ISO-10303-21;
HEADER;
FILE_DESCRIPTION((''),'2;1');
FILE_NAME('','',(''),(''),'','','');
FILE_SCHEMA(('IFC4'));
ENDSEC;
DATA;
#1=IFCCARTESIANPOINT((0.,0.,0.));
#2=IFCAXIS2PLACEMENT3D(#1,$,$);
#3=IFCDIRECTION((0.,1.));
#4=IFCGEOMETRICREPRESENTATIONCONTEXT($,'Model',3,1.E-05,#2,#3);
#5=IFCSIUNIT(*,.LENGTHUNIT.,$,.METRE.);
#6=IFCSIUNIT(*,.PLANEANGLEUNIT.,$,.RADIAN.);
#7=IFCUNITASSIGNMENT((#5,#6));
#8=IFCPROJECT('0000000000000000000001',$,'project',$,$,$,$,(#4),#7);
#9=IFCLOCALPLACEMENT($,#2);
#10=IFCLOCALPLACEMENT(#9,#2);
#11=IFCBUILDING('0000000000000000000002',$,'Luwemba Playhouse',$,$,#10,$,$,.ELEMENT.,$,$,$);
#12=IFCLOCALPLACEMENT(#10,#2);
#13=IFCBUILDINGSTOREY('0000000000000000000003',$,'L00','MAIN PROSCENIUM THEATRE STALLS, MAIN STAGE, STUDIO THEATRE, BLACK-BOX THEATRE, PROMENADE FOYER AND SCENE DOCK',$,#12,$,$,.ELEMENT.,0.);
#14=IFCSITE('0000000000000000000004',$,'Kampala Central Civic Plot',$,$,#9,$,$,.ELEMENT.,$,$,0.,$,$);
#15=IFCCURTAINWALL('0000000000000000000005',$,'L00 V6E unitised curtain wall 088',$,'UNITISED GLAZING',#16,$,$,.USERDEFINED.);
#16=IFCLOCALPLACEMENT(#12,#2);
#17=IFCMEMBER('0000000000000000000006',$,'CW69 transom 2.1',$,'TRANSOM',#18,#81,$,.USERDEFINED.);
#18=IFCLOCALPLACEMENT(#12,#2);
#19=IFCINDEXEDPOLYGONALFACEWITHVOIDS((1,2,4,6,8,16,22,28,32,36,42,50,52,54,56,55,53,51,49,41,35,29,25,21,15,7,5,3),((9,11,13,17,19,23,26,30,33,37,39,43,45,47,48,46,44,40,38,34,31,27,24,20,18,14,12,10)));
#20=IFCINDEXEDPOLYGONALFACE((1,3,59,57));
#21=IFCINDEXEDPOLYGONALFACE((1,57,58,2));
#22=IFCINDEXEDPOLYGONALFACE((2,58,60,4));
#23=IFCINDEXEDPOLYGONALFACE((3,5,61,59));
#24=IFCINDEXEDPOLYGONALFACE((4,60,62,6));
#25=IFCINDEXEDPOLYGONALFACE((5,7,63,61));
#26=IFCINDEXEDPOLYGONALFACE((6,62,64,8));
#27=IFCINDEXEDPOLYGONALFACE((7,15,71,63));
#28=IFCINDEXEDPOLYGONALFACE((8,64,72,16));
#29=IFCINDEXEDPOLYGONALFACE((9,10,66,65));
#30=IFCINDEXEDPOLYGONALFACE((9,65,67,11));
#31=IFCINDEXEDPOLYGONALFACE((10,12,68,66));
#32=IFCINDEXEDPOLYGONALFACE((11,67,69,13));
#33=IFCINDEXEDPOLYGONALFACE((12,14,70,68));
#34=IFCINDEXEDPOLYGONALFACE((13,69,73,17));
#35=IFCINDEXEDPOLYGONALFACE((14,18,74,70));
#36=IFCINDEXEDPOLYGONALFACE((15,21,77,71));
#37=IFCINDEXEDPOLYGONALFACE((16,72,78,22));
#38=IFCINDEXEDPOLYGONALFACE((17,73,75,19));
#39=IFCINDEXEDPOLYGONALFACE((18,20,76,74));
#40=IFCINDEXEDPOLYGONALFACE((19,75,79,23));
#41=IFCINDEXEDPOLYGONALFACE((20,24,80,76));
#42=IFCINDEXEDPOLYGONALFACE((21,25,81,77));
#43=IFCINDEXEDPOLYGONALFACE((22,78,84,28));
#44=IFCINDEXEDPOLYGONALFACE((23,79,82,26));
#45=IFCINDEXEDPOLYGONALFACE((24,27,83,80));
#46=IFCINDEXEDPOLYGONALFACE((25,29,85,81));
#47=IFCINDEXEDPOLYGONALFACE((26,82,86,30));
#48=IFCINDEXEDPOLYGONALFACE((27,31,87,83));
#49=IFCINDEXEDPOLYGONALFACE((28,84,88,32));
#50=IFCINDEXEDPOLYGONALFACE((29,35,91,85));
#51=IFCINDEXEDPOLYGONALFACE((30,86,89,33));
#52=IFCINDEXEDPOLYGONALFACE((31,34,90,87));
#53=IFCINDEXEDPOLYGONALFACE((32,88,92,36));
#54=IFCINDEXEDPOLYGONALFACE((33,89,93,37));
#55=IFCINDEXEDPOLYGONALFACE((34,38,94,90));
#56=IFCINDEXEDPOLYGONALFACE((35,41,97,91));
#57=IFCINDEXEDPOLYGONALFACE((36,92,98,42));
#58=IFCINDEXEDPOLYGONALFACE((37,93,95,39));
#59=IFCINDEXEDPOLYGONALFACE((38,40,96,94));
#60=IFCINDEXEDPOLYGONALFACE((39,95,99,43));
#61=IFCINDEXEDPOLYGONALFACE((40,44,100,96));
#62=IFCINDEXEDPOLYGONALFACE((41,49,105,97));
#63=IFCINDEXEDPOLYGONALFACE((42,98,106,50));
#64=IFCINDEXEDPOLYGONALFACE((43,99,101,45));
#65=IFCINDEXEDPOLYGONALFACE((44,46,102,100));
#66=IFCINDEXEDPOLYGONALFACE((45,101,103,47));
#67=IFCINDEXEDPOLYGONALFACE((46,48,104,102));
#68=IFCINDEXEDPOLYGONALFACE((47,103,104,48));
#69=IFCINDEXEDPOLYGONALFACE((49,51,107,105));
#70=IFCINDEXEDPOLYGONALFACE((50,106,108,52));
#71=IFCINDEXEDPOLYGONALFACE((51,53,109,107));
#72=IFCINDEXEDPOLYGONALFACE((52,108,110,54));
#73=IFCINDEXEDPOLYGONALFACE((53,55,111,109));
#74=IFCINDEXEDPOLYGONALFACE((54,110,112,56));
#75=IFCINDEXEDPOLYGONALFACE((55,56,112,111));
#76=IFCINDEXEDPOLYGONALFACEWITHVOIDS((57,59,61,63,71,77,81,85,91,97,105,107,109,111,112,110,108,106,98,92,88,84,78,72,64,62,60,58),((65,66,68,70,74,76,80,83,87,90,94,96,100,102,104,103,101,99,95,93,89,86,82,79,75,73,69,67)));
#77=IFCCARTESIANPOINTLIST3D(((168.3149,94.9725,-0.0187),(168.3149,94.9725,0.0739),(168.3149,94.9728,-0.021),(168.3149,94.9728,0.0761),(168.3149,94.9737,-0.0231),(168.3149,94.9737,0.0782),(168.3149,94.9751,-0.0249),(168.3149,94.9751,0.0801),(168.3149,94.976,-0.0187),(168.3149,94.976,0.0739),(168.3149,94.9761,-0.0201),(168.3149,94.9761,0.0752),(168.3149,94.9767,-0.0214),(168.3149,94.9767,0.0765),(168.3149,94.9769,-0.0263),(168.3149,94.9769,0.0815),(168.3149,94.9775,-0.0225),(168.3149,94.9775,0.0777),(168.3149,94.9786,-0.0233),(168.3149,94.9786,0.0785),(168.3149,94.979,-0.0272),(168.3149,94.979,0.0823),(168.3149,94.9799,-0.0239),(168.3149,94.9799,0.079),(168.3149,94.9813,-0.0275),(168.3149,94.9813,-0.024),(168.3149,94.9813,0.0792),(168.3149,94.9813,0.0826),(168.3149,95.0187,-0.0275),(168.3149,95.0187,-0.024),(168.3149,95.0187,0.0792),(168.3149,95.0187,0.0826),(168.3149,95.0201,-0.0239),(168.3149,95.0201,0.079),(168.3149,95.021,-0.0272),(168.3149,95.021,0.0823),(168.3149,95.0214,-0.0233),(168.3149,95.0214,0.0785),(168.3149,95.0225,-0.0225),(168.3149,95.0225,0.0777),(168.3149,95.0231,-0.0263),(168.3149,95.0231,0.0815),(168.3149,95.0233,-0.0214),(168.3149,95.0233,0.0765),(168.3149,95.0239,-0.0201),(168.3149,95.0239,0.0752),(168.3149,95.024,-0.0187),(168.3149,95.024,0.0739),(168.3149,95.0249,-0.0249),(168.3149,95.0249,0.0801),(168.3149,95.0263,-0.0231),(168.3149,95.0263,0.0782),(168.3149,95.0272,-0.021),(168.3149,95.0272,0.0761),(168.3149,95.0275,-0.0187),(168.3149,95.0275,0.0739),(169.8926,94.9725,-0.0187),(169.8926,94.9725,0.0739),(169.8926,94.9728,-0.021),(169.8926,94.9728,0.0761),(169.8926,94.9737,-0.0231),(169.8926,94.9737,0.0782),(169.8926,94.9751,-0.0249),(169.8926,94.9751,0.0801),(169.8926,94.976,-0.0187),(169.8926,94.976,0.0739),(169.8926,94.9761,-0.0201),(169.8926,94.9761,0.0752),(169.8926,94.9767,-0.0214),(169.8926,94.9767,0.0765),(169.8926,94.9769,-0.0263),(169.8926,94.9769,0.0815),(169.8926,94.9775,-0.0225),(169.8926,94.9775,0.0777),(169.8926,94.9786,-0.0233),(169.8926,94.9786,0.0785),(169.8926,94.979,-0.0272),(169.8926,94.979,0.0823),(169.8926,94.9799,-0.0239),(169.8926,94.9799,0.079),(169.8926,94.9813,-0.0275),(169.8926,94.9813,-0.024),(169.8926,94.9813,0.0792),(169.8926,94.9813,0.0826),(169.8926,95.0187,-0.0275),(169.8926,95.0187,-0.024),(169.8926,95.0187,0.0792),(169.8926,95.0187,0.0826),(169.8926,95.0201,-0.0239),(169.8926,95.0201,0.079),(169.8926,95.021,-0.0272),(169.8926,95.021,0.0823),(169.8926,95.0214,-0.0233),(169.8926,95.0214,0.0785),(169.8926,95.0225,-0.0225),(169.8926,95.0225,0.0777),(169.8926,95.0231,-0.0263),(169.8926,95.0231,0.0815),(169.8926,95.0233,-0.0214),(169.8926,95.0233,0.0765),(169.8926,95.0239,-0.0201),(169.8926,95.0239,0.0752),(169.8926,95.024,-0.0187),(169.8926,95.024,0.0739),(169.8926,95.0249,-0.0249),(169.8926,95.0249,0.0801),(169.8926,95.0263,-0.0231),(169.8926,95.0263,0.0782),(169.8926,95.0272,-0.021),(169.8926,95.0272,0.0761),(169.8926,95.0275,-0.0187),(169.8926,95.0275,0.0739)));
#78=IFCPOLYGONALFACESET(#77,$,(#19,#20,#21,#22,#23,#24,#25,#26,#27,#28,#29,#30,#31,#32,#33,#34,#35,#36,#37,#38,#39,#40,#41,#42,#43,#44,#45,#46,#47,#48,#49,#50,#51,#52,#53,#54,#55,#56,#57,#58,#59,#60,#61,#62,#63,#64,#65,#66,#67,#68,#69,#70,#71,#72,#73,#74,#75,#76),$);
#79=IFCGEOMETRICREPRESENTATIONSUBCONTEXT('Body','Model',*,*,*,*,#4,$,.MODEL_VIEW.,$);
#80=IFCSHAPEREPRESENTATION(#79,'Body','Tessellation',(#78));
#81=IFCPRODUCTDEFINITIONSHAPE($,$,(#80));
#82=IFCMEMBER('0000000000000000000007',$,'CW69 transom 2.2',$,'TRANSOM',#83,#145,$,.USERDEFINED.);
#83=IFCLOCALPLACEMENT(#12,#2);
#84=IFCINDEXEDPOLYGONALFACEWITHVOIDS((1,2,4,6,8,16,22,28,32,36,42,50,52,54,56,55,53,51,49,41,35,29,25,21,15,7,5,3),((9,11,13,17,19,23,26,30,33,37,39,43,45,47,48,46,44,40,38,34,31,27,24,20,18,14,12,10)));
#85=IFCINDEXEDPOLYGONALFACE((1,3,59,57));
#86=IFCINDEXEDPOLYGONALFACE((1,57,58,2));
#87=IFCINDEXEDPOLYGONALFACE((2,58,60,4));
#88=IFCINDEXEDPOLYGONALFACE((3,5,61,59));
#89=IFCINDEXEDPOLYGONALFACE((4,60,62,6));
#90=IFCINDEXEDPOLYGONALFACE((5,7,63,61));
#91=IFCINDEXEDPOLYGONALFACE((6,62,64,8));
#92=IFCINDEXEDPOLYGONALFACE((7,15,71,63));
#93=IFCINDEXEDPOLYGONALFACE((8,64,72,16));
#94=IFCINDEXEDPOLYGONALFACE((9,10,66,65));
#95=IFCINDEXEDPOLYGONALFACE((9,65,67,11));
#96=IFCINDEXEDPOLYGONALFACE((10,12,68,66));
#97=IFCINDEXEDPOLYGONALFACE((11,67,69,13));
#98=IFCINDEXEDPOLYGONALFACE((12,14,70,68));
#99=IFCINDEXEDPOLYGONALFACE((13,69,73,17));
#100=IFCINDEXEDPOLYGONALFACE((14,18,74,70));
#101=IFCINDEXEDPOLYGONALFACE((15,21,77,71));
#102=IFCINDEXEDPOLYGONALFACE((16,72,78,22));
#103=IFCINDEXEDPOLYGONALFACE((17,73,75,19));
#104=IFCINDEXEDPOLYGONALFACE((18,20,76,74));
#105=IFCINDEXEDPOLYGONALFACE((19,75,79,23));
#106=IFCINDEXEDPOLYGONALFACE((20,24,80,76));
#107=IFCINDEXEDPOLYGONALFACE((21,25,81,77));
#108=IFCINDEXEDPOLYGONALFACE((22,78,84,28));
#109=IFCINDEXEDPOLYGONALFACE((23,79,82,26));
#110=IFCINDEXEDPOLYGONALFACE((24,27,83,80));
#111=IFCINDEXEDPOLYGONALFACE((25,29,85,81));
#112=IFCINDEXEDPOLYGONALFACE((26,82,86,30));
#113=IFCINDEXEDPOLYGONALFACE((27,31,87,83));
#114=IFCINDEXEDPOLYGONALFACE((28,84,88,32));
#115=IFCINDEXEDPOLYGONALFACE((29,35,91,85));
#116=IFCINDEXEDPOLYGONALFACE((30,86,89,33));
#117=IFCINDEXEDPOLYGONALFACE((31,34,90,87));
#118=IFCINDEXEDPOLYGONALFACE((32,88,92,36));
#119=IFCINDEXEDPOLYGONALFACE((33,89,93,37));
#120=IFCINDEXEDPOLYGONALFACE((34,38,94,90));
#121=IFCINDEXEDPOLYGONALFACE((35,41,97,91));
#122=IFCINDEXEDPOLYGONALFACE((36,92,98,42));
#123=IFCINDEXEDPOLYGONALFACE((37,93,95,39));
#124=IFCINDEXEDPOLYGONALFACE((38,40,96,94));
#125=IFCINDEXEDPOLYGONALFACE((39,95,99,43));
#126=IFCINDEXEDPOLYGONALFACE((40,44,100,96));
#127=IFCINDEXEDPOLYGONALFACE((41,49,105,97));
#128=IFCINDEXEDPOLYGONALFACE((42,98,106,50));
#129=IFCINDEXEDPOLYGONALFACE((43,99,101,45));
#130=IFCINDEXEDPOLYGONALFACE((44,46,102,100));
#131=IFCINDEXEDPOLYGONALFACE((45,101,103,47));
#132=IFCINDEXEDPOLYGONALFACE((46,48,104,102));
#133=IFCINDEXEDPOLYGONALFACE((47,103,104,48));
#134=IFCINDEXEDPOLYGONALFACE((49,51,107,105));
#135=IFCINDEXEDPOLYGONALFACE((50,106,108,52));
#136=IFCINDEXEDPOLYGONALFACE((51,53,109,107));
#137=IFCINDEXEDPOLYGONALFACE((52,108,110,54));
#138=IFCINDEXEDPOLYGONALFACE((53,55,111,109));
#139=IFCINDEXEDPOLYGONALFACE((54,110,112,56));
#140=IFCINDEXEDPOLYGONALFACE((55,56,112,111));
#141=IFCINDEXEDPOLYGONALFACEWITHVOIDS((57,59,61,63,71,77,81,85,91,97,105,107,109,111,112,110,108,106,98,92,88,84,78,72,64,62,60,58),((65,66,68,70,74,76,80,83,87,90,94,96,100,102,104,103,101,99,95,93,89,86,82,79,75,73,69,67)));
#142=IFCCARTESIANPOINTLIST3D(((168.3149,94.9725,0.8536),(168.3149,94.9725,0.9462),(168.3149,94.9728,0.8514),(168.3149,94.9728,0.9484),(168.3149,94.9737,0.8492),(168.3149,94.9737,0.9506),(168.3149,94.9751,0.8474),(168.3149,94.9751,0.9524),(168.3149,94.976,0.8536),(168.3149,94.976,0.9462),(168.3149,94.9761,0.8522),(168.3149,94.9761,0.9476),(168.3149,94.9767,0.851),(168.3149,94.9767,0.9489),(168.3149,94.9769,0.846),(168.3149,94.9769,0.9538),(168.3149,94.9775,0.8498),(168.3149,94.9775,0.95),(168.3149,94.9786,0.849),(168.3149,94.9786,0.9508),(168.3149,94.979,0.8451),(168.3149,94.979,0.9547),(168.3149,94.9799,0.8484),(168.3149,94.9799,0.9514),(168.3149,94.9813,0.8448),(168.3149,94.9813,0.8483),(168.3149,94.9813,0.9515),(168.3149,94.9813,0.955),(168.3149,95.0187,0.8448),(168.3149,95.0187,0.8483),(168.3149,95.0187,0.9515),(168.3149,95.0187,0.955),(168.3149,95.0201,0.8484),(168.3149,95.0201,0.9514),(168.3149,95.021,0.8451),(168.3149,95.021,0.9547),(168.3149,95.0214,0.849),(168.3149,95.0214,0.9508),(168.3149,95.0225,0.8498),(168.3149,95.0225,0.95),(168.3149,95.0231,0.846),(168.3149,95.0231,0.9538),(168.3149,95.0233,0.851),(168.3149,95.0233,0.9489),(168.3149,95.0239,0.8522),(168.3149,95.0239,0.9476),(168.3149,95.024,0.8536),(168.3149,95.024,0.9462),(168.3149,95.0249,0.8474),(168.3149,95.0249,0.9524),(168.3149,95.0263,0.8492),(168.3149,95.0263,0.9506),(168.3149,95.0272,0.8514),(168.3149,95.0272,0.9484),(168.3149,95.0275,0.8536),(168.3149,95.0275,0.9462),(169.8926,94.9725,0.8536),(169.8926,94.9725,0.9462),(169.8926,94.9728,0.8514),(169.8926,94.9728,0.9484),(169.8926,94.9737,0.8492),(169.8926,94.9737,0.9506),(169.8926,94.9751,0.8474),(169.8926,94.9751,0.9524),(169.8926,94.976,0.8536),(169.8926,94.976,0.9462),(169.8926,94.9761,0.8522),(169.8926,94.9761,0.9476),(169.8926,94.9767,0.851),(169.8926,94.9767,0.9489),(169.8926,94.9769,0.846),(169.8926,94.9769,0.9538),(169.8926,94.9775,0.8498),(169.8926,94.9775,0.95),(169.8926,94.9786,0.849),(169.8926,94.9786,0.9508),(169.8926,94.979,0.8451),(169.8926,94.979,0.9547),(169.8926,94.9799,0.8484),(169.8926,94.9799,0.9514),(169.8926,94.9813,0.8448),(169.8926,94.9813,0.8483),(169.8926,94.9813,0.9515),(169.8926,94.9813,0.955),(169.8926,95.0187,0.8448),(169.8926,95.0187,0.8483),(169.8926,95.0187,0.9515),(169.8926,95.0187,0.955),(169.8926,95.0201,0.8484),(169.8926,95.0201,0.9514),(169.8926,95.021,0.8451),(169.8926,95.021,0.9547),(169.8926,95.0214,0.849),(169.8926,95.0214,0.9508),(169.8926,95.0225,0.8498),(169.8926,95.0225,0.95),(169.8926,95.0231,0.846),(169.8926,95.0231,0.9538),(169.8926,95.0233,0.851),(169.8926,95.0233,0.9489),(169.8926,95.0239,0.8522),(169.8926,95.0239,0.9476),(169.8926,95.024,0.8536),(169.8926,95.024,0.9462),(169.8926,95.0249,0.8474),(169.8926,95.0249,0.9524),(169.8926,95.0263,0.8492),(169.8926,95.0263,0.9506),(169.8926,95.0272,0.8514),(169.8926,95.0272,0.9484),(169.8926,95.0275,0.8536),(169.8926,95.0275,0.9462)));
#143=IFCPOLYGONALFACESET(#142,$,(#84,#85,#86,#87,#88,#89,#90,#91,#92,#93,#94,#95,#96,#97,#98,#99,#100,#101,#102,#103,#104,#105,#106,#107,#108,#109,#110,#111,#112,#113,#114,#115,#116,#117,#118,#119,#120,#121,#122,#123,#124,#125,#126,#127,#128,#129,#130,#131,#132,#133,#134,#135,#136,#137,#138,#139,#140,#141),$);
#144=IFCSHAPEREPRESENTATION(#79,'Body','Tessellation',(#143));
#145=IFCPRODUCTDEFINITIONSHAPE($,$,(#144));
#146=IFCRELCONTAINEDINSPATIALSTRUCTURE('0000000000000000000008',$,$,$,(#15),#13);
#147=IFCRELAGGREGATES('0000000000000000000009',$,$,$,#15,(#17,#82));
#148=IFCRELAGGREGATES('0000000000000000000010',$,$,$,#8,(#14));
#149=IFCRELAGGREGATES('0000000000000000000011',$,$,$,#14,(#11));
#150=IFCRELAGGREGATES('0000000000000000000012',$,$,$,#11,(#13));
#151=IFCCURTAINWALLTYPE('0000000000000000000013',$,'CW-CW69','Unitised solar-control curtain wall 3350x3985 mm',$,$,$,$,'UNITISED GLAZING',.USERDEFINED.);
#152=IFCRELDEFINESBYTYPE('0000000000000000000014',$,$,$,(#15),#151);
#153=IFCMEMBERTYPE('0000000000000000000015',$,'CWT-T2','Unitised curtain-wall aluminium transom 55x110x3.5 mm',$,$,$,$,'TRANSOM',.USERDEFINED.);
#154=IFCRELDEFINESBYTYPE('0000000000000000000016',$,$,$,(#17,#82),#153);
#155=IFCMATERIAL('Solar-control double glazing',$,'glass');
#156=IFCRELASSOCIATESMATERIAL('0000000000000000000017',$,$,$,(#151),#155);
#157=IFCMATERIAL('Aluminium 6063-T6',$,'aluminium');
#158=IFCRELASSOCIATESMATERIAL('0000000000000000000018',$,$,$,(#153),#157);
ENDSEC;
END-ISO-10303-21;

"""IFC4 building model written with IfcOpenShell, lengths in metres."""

from ifc_helpers import new_model, si_unit, direction, frame, origin, origin_2d, place, context, subcontext, project, spatial, hollow_rectangle, extrude, material, material_profile, profile_set, type_object, element, aggregate, save


model = new_model("IFC4")

# Units and contexts
model_context = context("Model", 3, precision=1e-05, world=origin(), true_north=direction((0.0, 1.0)))
body_context = subcontext(model_context, "Body", "Model", "MODEL_VIEW")
ifc_project = project(units=[si_unit("LENGTHUNIT", "METRE"), si_unit("PLANEANGLEUNIT", "RADIAN")], contexts=[model_context])

# Site, building, storey
site_placement = place(None, origin())
site = spatial("IfcSite", under=ifc_project, at=site_placement, Name="Kampala Central Civic Plot", CompositionType="ELEMENT", RefElevation=0.0)
building_placement = place(site_placement, origin())
building = spatial("IfcBuilding", under=site, at=building_placement, Name="Luwemba Playhouse", CompositionType="ELEMENT")
storey_placement = place(building_placement, origin())
storey = spatial("IfcBuildingStorey", under=building, at=storey_placement, Name="L00", Description="MAIN PROSCENIUM THEATRE STALLS, MAIN STAGE, STUDIO THEATRE, BLACK-BOX THEATRE, PROMENADE FOYER AND SCENE DOCK", CompositionType="ELEMENT", Elevation=0.0)

# Curtain wall, members
ifc_material_1 = material(Name="Solar-control double glazing", Category="glass")
curtain_wall_type = type_object("IfcCurtainWallType", Name="CW-CW69", Description="Unitised solar-control curtain wall 3350x3985 mm", ElementType="UNITISED GLAZING", PredefinedType="USERDEFINED", material=ifc_material_1)
curtain_wall_placement = place(storey_placement, origin())
curtain_wall = element("IfcCurtainWall", 1, at=curtain_wall_placement, inside=storey, type_object=curtain_wall_type, Name="L00 V6E unitised curtain wall 088", ObjectType="UNITISED GLAZING", PredefinedType="USERDEFINED")
ifc_material_2 = material(Name="Aluminium 6063-T6", Category="aluminium")
ifc_material_profile_1 = material_profile(ifc_material_2, hollow_rectangle(XDim=0.0549, YDim=0.1101, WallThickness=0.0034, InnerFilletRadius=0.0054, OuterFilletRadius=0.0088, at=origin_2d()))
ifc_profile_set_1 = profile_set([ifc_material_profile_1], Name="Aluminium 6063-T6")
member_type_1 = type_object("IfcMemberType", Name="CWT-T2", Description="Unitised curtain-wall aluminium transom 55x110x3.5 mm", ElementType="TRANSOM", PredefinedType="USERDEFINED", material=ifc_profile_set_1)
member_1_placement = place(storey_placement, frame((169.8926, 95.0, 0.0276), z_axis=(-1.0, 0.0, 0.0), x_axis=(0.0, -1.0, 0.0)))
member_1 = element("IfcMember", 2, at=member_1_placement, type_object=member_type_1, Name="CW69 transom 2.1", ObjectType="TRANSOM", PredefinedType="USERDEFINED", context=body_context, shape_type="SweptSolid", body=[
    extrude(hollow_rectangle(XDim=0.0549, YDim=0.1101, WallThickness=0.0034, InnerFilletRadius=0.0054, OuterFilletRadius=0.0088, at=origin_2d()), origin(), (0.0, 0.0, 1.0), 1.5776),
])
member_2_placement = place(storey_placement, frame((169.8926, 95.0, 0.8999), z_axis=(-1.0, 0.0, 0.0), x_axis=(0.0, -1.0, 0.0)))
member_2 = element("IfcMember", 3, at=member_2_placement, type_object=member_type_1, Name="CW69 transom 2.2", ObjectType="TRANSOM", PredefinedType="USERDEFINED", context=body_context, shape_type="SweptSolid", body=[
    extrude(hollow_rectangle(XDim=0.0549, YDim=0.1101, WallThickness=0.0034, InnerFilletRadius=0.0054, OuterFilletRadius=0.0088, at=origin_2d()), origin(), (0.0, 0.0, 1.0), 1.5776),
])
aggregate(curtain_wall, [member_1, member_2])

save(model, "model.ifc")
